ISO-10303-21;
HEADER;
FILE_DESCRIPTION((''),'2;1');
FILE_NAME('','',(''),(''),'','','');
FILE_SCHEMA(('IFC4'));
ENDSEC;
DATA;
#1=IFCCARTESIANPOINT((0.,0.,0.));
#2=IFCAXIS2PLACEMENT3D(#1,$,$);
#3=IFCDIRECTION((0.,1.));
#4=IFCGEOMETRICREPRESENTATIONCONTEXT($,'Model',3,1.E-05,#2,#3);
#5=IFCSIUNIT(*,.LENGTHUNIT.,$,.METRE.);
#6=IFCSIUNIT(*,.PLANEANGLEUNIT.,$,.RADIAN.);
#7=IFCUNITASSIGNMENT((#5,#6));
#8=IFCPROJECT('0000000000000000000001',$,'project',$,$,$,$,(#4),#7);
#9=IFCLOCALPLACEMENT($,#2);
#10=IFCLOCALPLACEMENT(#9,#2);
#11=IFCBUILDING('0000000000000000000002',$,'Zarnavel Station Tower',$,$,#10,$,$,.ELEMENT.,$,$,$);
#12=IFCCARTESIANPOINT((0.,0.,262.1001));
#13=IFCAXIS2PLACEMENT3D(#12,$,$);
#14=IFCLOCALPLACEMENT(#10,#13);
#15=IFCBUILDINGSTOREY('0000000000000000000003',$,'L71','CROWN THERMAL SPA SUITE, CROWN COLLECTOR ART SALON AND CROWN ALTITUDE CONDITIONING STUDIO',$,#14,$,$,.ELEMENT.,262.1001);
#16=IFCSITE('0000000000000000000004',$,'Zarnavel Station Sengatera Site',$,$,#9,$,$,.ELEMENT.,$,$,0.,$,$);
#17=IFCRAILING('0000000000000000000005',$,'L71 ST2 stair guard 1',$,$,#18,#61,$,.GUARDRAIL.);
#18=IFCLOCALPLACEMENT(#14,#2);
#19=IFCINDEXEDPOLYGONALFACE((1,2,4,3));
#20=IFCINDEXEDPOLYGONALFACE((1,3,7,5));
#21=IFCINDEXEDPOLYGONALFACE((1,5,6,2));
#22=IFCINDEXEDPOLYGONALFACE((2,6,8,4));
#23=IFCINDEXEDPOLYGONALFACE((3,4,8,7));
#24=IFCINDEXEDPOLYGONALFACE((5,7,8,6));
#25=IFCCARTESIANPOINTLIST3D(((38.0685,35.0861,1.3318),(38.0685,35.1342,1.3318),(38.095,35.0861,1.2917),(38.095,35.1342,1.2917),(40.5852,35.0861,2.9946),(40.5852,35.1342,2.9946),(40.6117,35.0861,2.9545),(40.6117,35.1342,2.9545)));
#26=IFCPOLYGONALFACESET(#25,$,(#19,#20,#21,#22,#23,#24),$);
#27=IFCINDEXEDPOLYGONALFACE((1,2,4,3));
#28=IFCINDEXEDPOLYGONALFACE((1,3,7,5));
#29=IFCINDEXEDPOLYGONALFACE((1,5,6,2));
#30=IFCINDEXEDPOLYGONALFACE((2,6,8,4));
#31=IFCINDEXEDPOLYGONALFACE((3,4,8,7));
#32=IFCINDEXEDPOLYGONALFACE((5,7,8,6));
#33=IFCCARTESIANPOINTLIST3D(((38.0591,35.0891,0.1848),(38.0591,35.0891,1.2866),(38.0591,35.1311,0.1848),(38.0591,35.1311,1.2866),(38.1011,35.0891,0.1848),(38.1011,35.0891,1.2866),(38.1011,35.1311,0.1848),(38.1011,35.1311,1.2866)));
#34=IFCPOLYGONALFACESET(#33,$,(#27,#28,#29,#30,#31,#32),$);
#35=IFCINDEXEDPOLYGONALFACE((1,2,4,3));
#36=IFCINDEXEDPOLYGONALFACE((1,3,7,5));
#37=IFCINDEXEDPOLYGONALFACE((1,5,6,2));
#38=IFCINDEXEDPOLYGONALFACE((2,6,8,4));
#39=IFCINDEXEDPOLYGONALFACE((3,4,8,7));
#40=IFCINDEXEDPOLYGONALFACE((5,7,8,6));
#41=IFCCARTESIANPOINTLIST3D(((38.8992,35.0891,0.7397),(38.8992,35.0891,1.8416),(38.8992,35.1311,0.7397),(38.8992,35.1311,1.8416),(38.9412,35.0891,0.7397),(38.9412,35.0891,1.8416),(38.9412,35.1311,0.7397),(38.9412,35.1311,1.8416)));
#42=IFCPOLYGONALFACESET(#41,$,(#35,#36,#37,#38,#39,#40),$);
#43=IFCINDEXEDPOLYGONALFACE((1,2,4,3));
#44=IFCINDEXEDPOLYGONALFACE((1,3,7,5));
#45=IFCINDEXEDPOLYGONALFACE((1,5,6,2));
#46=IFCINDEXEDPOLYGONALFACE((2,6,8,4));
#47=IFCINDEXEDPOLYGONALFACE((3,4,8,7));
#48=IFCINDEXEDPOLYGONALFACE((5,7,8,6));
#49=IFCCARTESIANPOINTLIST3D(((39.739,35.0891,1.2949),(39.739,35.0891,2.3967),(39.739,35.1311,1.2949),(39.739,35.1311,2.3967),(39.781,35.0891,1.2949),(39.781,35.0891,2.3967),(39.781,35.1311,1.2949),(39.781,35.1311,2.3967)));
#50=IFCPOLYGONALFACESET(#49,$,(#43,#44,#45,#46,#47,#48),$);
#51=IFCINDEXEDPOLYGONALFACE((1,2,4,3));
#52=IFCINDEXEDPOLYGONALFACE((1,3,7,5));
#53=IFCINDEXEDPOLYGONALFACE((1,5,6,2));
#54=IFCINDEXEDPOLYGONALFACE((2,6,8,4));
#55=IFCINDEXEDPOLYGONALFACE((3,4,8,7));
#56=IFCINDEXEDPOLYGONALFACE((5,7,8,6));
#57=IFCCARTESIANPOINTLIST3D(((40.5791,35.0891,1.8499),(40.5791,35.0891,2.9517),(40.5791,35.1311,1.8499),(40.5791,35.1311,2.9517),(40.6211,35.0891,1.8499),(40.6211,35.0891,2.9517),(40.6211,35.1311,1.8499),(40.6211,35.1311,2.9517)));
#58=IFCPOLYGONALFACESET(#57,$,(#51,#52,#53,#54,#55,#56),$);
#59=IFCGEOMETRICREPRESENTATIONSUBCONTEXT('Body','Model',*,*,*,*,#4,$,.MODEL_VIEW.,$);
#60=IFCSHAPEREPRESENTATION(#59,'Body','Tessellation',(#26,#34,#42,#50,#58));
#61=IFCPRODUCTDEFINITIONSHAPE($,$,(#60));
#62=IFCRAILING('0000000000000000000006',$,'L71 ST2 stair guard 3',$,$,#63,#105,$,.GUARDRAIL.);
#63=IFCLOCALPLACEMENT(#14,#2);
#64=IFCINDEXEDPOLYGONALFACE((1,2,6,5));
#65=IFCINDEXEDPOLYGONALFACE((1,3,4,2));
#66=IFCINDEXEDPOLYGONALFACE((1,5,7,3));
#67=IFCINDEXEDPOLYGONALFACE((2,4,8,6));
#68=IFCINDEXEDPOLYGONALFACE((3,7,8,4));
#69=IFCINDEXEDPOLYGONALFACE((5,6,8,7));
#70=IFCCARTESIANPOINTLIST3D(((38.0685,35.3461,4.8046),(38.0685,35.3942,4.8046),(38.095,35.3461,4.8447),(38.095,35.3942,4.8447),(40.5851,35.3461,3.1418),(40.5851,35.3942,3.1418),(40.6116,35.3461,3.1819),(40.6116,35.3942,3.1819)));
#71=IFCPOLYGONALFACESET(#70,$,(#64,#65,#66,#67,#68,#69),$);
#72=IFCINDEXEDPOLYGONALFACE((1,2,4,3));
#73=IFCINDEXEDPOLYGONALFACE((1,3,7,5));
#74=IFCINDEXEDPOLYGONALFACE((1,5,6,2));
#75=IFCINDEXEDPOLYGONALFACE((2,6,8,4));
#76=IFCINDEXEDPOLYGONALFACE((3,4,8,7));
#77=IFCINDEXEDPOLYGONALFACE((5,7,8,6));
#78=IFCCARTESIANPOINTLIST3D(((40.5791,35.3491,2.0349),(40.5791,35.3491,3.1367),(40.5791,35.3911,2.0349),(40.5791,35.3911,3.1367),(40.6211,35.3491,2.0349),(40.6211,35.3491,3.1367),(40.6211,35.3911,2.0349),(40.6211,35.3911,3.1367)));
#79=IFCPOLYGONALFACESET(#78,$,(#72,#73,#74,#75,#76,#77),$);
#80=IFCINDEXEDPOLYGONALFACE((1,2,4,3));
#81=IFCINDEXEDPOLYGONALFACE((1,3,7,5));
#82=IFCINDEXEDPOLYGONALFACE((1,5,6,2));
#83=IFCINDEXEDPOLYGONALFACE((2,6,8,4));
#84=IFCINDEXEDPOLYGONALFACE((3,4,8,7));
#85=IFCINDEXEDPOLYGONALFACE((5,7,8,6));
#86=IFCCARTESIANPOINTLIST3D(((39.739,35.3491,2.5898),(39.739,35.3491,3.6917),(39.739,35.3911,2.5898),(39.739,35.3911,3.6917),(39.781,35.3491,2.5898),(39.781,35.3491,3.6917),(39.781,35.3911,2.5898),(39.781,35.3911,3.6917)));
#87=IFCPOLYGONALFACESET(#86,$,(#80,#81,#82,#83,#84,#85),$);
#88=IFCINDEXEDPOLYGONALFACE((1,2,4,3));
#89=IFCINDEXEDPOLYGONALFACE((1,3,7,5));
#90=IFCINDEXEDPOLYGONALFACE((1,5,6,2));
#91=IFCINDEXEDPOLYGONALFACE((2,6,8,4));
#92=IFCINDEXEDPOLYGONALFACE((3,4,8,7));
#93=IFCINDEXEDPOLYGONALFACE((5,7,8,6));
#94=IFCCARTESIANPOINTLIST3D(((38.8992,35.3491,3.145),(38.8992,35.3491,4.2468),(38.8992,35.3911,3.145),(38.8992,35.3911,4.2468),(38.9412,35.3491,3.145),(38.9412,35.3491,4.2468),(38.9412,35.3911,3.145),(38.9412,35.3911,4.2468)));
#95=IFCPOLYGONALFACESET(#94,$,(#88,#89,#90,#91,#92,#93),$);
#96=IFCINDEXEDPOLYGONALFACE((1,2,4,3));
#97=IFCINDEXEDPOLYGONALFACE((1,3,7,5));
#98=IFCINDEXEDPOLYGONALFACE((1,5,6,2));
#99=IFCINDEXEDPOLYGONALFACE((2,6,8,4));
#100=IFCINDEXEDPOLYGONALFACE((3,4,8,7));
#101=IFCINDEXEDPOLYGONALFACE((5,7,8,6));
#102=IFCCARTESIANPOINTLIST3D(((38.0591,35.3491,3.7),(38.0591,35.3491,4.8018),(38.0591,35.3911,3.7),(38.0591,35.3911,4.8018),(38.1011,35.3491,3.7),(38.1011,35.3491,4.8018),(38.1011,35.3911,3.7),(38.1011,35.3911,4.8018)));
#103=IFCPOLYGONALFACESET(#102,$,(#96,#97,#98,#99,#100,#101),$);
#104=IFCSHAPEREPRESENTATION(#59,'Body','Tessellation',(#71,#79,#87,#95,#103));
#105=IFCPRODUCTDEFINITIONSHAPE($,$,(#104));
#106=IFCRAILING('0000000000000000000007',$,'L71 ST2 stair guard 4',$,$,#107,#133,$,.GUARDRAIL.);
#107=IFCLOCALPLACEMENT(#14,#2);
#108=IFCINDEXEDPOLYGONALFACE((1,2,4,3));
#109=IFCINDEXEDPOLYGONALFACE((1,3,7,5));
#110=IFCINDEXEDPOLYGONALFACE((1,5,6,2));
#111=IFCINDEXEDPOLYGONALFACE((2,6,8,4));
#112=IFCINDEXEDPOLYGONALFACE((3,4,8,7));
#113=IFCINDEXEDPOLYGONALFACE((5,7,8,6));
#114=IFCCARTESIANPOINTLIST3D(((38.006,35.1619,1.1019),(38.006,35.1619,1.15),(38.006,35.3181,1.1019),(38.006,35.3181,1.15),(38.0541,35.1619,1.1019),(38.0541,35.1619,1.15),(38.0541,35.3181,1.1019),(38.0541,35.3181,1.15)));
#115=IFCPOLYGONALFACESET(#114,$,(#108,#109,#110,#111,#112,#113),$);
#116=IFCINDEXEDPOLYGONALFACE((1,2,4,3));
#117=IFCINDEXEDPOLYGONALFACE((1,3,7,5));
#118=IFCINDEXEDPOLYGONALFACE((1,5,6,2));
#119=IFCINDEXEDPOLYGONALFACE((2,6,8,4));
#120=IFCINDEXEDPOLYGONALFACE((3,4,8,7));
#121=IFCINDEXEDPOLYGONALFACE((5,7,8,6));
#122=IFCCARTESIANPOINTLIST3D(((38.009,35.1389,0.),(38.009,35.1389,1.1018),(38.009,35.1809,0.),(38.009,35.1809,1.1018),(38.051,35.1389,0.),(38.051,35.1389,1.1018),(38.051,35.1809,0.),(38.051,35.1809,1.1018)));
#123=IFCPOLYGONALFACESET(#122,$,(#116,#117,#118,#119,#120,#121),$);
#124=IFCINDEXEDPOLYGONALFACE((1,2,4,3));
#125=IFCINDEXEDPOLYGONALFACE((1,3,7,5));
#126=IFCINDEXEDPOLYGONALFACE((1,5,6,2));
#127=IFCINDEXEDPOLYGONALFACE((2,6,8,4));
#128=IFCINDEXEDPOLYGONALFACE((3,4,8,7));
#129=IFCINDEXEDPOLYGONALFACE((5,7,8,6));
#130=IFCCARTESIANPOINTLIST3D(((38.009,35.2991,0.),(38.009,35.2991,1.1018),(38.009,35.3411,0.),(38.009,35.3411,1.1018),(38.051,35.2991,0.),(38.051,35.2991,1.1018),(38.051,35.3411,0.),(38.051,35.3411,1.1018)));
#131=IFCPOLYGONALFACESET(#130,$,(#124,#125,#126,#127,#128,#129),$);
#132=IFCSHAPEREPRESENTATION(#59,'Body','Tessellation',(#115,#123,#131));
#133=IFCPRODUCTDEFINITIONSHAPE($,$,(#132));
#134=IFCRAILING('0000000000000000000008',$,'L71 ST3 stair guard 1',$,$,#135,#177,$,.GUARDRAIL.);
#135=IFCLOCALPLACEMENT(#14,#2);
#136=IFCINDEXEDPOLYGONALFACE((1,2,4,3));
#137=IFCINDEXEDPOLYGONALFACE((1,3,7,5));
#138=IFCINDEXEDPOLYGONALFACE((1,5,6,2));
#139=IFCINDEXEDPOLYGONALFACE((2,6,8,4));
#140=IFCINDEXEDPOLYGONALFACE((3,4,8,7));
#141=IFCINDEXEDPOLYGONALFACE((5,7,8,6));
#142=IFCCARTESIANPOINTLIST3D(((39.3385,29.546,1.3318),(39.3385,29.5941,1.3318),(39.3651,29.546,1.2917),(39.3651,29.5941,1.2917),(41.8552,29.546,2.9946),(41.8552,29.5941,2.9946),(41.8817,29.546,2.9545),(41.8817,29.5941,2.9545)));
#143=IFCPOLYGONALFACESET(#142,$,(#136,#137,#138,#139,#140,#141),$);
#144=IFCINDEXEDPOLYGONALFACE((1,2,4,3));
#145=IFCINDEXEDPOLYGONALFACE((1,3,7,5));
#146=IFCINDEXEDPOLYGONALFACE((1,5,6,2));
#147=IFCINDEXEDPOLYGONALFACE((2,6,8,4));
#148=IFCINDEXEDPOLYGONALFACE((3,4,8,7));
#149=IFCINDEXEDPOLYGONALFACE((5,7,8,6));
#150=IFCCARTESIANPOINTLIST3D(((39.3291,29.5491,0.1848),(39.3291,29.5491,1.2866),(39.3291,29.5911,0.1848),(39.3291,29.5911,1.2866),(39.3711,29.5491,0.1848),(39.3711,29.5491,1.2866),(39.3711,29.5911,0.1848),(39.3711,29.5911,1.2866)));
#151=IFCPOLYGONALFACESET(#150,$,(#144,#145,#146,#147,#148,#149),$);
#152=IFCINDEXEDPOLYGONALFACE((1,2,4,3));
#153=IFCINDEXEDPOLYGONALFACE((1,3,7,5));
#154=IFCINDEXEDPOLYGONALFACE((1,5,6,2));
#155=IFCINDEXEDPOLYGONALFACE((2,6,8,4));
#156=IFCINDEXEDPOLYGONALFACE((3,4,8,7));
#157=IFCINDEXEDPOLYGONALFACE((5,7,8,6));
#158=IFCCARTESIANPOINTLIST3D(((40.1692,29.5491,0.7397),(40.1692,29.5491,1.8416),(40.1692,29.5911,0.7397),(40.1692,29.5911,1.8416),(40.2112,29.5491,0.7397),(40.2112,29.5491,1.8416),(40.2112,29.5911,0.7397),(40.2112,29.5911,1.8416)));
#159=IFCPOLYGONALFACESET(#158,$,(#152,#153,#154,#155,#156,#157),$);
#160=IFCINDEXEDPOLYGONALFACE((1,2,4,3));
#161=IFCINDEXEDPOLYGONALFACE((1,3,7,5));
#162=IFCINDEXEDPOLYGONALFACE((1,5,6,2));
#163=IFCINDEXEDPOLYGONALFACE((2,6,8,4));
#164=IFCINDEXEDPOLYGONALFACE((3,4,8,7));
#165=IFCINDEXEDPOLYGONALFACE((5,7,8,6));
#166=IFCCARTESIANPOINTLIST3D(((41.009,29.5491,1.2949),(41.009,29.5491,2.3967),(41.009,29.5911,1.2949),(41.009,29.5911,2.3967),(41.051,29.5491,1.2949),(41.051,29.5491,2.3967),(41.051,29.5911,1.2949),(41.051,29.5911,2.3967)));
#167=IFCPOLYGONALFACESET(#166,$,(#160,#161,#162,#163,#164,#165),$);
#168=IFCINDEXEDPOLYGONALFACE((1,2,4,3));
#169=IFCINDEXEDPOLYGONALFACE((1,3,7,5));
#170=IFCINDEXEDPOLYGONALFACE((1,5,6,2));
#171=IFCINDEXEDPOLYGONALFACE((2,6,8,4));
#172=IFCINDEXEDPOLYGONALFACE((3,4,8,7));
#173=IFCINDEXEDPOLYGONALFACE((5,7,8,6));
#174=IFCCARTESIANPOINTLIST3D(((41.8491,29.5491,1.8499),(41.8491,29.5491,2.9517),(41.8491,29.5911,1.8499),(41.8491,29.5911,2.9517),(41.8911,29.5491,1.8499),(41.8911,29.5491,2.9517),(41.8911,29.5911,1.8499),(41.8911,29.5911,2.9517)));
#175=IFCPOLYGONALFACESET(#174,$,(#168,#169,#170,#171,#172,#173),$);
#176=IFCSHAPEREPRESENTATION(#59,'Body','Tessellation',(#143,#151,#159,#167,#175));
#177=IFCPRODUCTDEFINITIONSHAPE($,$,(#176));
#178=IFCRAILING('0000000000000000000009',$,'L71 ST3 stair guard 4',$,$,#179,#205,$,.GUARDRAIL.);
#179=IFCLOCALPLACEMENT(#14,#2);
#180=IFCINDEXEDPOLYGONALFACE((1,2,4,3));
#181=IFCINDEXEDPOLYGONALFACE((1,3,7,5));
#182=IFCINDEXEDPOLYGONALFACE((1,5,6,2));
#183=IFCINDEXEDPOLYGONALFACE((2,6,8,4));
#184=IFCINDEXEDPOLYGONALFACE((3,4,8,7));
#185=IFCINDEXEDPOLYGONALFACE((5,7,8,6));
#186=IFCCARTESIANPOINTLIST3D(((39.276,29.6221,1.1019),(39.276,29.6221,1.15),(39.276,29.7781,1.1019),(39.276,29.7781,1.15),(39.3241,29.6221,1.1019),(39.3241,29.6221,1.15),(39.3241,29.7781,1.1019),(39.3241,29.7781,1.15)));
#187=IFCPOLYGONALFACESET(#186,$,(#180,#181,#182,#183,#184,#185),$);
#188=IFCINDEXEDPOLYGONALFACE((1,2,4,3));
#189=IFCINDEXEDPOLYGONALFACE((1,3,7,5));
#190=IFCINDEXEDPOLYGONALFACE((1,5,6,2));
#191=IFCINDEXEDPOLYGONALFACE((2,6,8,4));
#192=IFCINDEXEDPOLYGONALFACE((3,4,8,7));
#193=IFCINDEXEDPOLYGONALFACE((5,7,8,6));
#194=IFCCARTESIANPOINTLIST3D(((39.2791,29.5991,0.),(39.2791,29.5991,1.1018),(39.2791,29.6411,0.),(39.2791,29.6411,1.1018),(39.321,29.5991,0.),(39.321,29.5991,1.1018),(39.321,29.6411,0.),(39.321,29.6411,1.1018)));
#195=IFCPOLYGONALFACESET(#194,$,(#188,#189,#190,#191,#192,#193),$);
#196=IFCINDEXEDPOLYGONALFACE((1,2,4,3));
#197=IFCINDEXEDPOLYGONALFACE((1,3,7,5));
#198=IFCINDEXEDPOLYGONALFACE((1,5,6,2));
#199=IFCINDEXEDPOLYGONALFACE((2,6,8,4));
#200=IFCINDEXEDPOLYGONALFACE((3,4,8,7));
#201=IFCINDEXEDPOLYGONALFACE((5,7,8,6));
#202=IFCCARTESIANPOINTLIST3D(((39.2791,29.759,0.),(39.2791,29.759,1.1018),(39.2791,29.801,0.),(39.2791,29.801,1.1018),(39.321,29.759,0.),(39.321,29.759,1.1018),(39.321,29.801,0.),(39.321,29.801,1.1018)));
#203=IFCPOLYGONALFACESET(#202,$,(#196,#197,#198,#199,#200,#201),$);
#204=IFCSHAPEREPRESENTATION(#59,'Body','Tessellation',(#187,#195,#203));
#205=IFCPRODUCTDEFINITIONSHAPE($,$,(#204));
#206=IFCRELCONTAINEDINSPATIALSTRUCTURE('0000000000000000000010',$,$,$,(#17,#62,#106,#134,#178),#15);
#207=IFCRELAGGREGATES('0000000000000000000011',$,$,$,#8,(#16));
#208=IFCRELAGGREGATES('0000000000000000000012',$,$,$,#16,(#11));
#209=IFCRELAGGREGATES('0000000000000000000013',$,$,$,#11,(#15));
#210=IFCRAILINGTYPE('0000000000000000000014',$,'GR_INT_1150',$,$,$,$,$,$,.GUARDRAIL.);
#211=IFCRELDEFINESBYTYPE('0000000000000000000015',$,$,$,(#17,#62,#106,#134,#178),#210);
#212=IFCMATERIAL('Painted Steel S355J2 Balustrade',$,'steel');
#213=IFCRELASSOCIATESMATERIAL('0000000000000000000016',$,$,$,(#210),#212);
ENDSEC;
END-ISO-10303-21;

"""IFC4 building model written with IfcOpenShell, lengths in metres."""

from ifc_helpers import new_model, si_unit, direction, frame, origin, origin_2d, place, context, subcontext, project, spatial, rectangle, extrude, material, type_object, element, save


model = new_model("IFC4")

# Units and contexts
model_context = context("Model", 3, precision=1e-05, world=origin(), true_north=direction((0.0, 1.0)))
body_context = subcontext(model_context, "Body", "Model", "MODEL_VIEW")
ifc_project = project(units=[si_unit("LENGTHUNIT", "METRE"), si_unit("PLANEANGLEUNIT", "RADIAN")], contexts=[model_context])

# Site, building, storey
site_placement = place(None, origin())
site = spatial("IfcSite", under=ifc_project, at=site_placement, Name="Zarnavel Station Sengatera Site", CompositionType="ELEMENT", RefElevation=0.0)
building_placement = place(site_placement, origin())
building = spatial("IfcBuilding", under=site, at=building_placement, Name="Zarnavel Station Tower", CompositionType="ELEMENT")
storey_placement = place(building_placement, frame((0.0, 0.0, 262.1001)))
storey = spatial("IfcBuildingStorey", under=building, at=storey_placement, Name="L71", Description="CROWN THERMAL SPA SUITE, CROWN COLLECTOR ART SALON AND CROWN ALTITUDE CONDITIONING STUDIO", CompositionType="ELEMENT", Elevation=262.1001)

# Railings
ifc_material_1 = material(Name="Painted Steel S355J2 Balustrade", Category="steel")
railing_type_1 = type_object("IfcRailingType", Name="GR_INT_1150", PredefinedType="GUARDRAIL", material=ifc_material_1)
railing_1_placement = place(storey_placement, frame((38.0801, 35.1101, 0.1848)))
element("IfcRailing", 1, at=railing_1_placement, inside=storey, type_object=railing_type_1, Name="L71 ST2 stair guard 1", PredefinedType="GUARDRAIL", context=body_context, shape_type="SweptSolid", body=[
    extrude(rectangle(XDim=0.0481, YDim=0.0481, at=origin_2d()), frame((0.0017, 0.0, 1.127), z_axis=(0.834331, 0.0, 0.551263), x_axis=(0.0, 1.0, 0.0)), (0.0, 0.0, 1.0), 3.0164),
    extrude(rectangle(XDim=0.042, YDim=0.042, at=origin_2d()), origin(), (0.0, 0.0, 1.0), 1.1018),
    extrude(rectangle(XDim=0.042, YDim=0.042, at=origin_2d()), frame((0.8401, 0.0, 0.5549)), (0.0, 0.0, 1.0), 1.1018),
    extrude(rectangle(XDim=0.042, YDim=0.042, at=origin_2d()), frame((1.6799, 0.0, 1.1101)), (0.0, 0.0, 1.0), 1.1018),
    extrude(rectangle(XDim=0.042, YDim=0.042, at=origin_2d()), frame((2.52, 0.0, 1.665)), (0.0, 0.0, 1.0), 1.1018),
])
railing_2_placement = place(storey_placement, frame((40.6001, 35.3701, 2.0349)))
element("IfcRailing", 2, at=railing_2_placement, inside=storey, type_object=railing_type_1, Name="L71 ST2 stair guard 3", PredefinedType="GUARDRAIL", context=body_context, shape_type="SweptSolid", body=[
    extrude(rectangle(XDim=0.0481, YDim=0.0481, at=origin_2d()), frame((-0.0017, 0.0, 1.127), z_axis=(-0.834331, 0.0, 0.551263), x_axis=(0.0, -1.0, 0.0)), (0.0, 0.0, 1.0), 3.0164),
    extrude(rectangle(XDim=0.042, YDim=0.042, at=origin_2d()), origin(), (0.0, 0.0, 1.0), 1.1018),
    extrude(rectangle(XDim=0.042, YDim=0.042, at=origin_2d()), frame((-0.8401, 0.0, 0.5549)), (0.0, 0.0, 1.0), 1.1018),
    extrude(rectangle(XDim=0.042, YDim=0.042, at=origin_2d()), frame((-1.6799, 0.0, 1.1101)), (0.0, 0.0, 1.0), 1.1018),
    extrude(rectangle(XDim=0.042, YDim=0.042, at=origin_2d()), frame((-2.52, 0.0, 1.665)), (0.0, 0.0, 1.0), 1.1018),
])
railing_3_placement = place(storey_placement, frame((38.03, 35.1599, 0.0)))
element("IfcRailing", 3, at=railing_3_placement, inside=storey, type_object=railing_type_1, Name="L71 ST2 stair guard 4", PredefinedType="GUARDRAIL", context=body_context, shape_type="SweptSolid", body=[
    extrude(rectangle(XDim=0.0481, YDim=0.0481, at=origin_2d()), frame((0.0, 0.002, 1.126), z_axis=(0.0, 1.0, 0.0), x_axis=(-1.0, 0.0, 0.0)), (0.0, 0.0, 1.0), 0.1562),
    extrude(rectangle(XDim=0.042, YDim=0.042, at=origin_2d()), origin(), (0.0, 0.0, 1.0), 1.1018),
    extrude(rectangle(XDim=0.042, YDim=0.042, at=origin_2d()), frame((0.0, 0.1602, 0.0)), (0.0, 0.0, 1.0), 1.1018),
])
railing_4_placement = place(storey_placement, frame((39.3501, 29.5701, 0.1848)))
element("IfcRailing", 4, at=railing_4_placement, inside=storey, type_object=railing_type_1, Name="L71 ST3 stair guard 1", PredefinedType="GUARDRAIL", context=body_context, shape_type="SweptSolid", body=[
    extrude(rectangle(XDim=0.0481, YDim=0.0481, at=origin_2d()), frame((0.0017, 0.0, 1.127), z_axis=(0.834331, 0.0, 0.551263), x_axis=(0.0, 1.0, 0.0)), (0.0, 0.0, 1.0), 3.0164),
    extrude(rectangle(XDim=0.042, YDim=0.042, at=origin_2d()), origin(), (0.0, 0.0, 1.0), 1.1018),
    extrude(rectangle(XDim=0.042, YDim=0.042, at=origin_2d()), frame((0.8401, 0.0, 0.5549)), (0.0, 0.0, 1.0), 1.1018),
    extrude(rectangle(XDim=0.042, YDim=0.042, at=origin_2d()), frame((1.6799, 0.0, 1.1101)), (0.0, 0.0, 1.0), 1.1018),
    extrude(rectangle(XDim=0.042, YDim=0.042, at=origin_2d()), frame((2.52, 0.0, 1.665)), (0.0, 0.0, 1.0), 1.1018),
])
railing_5_placement = place(storey_placement, frame((39.3, 29.6201, 0.0)))
element("IfcRailing", 5, at=railing_5_placement, inside=storey, type_object=railing_type_1, Name="L71 ST3 stair guard 4", PredefinedType="GUARDRAIL", context=body_context, shape_type="SweptSolid", body=[
    extrude(rectangle(XDim=0.0481, YDim=0.0481, at=origin_2d()), frame((0.0, 0.002, 1.126), z_axis=(0.0, 1.0, 0.0), x_axis=(-1.0, 0.0, 0.0)), (0.0, 0.0, 1.0), 0.156),
    extrude(rectangle(XDim=0.042, YDim=0.042, at=origin_2d()), origin(), (0.0, 0.0, 1.0), 1.1018),
    extrude(rectangle(XDim=0.042, YDim=0.042, at=origin_2d()), frame((0.0, 0.1599, 0.0)), (0.0, 0.0, 1.0), 1.1018),
])

save(model, "model.ifc")
